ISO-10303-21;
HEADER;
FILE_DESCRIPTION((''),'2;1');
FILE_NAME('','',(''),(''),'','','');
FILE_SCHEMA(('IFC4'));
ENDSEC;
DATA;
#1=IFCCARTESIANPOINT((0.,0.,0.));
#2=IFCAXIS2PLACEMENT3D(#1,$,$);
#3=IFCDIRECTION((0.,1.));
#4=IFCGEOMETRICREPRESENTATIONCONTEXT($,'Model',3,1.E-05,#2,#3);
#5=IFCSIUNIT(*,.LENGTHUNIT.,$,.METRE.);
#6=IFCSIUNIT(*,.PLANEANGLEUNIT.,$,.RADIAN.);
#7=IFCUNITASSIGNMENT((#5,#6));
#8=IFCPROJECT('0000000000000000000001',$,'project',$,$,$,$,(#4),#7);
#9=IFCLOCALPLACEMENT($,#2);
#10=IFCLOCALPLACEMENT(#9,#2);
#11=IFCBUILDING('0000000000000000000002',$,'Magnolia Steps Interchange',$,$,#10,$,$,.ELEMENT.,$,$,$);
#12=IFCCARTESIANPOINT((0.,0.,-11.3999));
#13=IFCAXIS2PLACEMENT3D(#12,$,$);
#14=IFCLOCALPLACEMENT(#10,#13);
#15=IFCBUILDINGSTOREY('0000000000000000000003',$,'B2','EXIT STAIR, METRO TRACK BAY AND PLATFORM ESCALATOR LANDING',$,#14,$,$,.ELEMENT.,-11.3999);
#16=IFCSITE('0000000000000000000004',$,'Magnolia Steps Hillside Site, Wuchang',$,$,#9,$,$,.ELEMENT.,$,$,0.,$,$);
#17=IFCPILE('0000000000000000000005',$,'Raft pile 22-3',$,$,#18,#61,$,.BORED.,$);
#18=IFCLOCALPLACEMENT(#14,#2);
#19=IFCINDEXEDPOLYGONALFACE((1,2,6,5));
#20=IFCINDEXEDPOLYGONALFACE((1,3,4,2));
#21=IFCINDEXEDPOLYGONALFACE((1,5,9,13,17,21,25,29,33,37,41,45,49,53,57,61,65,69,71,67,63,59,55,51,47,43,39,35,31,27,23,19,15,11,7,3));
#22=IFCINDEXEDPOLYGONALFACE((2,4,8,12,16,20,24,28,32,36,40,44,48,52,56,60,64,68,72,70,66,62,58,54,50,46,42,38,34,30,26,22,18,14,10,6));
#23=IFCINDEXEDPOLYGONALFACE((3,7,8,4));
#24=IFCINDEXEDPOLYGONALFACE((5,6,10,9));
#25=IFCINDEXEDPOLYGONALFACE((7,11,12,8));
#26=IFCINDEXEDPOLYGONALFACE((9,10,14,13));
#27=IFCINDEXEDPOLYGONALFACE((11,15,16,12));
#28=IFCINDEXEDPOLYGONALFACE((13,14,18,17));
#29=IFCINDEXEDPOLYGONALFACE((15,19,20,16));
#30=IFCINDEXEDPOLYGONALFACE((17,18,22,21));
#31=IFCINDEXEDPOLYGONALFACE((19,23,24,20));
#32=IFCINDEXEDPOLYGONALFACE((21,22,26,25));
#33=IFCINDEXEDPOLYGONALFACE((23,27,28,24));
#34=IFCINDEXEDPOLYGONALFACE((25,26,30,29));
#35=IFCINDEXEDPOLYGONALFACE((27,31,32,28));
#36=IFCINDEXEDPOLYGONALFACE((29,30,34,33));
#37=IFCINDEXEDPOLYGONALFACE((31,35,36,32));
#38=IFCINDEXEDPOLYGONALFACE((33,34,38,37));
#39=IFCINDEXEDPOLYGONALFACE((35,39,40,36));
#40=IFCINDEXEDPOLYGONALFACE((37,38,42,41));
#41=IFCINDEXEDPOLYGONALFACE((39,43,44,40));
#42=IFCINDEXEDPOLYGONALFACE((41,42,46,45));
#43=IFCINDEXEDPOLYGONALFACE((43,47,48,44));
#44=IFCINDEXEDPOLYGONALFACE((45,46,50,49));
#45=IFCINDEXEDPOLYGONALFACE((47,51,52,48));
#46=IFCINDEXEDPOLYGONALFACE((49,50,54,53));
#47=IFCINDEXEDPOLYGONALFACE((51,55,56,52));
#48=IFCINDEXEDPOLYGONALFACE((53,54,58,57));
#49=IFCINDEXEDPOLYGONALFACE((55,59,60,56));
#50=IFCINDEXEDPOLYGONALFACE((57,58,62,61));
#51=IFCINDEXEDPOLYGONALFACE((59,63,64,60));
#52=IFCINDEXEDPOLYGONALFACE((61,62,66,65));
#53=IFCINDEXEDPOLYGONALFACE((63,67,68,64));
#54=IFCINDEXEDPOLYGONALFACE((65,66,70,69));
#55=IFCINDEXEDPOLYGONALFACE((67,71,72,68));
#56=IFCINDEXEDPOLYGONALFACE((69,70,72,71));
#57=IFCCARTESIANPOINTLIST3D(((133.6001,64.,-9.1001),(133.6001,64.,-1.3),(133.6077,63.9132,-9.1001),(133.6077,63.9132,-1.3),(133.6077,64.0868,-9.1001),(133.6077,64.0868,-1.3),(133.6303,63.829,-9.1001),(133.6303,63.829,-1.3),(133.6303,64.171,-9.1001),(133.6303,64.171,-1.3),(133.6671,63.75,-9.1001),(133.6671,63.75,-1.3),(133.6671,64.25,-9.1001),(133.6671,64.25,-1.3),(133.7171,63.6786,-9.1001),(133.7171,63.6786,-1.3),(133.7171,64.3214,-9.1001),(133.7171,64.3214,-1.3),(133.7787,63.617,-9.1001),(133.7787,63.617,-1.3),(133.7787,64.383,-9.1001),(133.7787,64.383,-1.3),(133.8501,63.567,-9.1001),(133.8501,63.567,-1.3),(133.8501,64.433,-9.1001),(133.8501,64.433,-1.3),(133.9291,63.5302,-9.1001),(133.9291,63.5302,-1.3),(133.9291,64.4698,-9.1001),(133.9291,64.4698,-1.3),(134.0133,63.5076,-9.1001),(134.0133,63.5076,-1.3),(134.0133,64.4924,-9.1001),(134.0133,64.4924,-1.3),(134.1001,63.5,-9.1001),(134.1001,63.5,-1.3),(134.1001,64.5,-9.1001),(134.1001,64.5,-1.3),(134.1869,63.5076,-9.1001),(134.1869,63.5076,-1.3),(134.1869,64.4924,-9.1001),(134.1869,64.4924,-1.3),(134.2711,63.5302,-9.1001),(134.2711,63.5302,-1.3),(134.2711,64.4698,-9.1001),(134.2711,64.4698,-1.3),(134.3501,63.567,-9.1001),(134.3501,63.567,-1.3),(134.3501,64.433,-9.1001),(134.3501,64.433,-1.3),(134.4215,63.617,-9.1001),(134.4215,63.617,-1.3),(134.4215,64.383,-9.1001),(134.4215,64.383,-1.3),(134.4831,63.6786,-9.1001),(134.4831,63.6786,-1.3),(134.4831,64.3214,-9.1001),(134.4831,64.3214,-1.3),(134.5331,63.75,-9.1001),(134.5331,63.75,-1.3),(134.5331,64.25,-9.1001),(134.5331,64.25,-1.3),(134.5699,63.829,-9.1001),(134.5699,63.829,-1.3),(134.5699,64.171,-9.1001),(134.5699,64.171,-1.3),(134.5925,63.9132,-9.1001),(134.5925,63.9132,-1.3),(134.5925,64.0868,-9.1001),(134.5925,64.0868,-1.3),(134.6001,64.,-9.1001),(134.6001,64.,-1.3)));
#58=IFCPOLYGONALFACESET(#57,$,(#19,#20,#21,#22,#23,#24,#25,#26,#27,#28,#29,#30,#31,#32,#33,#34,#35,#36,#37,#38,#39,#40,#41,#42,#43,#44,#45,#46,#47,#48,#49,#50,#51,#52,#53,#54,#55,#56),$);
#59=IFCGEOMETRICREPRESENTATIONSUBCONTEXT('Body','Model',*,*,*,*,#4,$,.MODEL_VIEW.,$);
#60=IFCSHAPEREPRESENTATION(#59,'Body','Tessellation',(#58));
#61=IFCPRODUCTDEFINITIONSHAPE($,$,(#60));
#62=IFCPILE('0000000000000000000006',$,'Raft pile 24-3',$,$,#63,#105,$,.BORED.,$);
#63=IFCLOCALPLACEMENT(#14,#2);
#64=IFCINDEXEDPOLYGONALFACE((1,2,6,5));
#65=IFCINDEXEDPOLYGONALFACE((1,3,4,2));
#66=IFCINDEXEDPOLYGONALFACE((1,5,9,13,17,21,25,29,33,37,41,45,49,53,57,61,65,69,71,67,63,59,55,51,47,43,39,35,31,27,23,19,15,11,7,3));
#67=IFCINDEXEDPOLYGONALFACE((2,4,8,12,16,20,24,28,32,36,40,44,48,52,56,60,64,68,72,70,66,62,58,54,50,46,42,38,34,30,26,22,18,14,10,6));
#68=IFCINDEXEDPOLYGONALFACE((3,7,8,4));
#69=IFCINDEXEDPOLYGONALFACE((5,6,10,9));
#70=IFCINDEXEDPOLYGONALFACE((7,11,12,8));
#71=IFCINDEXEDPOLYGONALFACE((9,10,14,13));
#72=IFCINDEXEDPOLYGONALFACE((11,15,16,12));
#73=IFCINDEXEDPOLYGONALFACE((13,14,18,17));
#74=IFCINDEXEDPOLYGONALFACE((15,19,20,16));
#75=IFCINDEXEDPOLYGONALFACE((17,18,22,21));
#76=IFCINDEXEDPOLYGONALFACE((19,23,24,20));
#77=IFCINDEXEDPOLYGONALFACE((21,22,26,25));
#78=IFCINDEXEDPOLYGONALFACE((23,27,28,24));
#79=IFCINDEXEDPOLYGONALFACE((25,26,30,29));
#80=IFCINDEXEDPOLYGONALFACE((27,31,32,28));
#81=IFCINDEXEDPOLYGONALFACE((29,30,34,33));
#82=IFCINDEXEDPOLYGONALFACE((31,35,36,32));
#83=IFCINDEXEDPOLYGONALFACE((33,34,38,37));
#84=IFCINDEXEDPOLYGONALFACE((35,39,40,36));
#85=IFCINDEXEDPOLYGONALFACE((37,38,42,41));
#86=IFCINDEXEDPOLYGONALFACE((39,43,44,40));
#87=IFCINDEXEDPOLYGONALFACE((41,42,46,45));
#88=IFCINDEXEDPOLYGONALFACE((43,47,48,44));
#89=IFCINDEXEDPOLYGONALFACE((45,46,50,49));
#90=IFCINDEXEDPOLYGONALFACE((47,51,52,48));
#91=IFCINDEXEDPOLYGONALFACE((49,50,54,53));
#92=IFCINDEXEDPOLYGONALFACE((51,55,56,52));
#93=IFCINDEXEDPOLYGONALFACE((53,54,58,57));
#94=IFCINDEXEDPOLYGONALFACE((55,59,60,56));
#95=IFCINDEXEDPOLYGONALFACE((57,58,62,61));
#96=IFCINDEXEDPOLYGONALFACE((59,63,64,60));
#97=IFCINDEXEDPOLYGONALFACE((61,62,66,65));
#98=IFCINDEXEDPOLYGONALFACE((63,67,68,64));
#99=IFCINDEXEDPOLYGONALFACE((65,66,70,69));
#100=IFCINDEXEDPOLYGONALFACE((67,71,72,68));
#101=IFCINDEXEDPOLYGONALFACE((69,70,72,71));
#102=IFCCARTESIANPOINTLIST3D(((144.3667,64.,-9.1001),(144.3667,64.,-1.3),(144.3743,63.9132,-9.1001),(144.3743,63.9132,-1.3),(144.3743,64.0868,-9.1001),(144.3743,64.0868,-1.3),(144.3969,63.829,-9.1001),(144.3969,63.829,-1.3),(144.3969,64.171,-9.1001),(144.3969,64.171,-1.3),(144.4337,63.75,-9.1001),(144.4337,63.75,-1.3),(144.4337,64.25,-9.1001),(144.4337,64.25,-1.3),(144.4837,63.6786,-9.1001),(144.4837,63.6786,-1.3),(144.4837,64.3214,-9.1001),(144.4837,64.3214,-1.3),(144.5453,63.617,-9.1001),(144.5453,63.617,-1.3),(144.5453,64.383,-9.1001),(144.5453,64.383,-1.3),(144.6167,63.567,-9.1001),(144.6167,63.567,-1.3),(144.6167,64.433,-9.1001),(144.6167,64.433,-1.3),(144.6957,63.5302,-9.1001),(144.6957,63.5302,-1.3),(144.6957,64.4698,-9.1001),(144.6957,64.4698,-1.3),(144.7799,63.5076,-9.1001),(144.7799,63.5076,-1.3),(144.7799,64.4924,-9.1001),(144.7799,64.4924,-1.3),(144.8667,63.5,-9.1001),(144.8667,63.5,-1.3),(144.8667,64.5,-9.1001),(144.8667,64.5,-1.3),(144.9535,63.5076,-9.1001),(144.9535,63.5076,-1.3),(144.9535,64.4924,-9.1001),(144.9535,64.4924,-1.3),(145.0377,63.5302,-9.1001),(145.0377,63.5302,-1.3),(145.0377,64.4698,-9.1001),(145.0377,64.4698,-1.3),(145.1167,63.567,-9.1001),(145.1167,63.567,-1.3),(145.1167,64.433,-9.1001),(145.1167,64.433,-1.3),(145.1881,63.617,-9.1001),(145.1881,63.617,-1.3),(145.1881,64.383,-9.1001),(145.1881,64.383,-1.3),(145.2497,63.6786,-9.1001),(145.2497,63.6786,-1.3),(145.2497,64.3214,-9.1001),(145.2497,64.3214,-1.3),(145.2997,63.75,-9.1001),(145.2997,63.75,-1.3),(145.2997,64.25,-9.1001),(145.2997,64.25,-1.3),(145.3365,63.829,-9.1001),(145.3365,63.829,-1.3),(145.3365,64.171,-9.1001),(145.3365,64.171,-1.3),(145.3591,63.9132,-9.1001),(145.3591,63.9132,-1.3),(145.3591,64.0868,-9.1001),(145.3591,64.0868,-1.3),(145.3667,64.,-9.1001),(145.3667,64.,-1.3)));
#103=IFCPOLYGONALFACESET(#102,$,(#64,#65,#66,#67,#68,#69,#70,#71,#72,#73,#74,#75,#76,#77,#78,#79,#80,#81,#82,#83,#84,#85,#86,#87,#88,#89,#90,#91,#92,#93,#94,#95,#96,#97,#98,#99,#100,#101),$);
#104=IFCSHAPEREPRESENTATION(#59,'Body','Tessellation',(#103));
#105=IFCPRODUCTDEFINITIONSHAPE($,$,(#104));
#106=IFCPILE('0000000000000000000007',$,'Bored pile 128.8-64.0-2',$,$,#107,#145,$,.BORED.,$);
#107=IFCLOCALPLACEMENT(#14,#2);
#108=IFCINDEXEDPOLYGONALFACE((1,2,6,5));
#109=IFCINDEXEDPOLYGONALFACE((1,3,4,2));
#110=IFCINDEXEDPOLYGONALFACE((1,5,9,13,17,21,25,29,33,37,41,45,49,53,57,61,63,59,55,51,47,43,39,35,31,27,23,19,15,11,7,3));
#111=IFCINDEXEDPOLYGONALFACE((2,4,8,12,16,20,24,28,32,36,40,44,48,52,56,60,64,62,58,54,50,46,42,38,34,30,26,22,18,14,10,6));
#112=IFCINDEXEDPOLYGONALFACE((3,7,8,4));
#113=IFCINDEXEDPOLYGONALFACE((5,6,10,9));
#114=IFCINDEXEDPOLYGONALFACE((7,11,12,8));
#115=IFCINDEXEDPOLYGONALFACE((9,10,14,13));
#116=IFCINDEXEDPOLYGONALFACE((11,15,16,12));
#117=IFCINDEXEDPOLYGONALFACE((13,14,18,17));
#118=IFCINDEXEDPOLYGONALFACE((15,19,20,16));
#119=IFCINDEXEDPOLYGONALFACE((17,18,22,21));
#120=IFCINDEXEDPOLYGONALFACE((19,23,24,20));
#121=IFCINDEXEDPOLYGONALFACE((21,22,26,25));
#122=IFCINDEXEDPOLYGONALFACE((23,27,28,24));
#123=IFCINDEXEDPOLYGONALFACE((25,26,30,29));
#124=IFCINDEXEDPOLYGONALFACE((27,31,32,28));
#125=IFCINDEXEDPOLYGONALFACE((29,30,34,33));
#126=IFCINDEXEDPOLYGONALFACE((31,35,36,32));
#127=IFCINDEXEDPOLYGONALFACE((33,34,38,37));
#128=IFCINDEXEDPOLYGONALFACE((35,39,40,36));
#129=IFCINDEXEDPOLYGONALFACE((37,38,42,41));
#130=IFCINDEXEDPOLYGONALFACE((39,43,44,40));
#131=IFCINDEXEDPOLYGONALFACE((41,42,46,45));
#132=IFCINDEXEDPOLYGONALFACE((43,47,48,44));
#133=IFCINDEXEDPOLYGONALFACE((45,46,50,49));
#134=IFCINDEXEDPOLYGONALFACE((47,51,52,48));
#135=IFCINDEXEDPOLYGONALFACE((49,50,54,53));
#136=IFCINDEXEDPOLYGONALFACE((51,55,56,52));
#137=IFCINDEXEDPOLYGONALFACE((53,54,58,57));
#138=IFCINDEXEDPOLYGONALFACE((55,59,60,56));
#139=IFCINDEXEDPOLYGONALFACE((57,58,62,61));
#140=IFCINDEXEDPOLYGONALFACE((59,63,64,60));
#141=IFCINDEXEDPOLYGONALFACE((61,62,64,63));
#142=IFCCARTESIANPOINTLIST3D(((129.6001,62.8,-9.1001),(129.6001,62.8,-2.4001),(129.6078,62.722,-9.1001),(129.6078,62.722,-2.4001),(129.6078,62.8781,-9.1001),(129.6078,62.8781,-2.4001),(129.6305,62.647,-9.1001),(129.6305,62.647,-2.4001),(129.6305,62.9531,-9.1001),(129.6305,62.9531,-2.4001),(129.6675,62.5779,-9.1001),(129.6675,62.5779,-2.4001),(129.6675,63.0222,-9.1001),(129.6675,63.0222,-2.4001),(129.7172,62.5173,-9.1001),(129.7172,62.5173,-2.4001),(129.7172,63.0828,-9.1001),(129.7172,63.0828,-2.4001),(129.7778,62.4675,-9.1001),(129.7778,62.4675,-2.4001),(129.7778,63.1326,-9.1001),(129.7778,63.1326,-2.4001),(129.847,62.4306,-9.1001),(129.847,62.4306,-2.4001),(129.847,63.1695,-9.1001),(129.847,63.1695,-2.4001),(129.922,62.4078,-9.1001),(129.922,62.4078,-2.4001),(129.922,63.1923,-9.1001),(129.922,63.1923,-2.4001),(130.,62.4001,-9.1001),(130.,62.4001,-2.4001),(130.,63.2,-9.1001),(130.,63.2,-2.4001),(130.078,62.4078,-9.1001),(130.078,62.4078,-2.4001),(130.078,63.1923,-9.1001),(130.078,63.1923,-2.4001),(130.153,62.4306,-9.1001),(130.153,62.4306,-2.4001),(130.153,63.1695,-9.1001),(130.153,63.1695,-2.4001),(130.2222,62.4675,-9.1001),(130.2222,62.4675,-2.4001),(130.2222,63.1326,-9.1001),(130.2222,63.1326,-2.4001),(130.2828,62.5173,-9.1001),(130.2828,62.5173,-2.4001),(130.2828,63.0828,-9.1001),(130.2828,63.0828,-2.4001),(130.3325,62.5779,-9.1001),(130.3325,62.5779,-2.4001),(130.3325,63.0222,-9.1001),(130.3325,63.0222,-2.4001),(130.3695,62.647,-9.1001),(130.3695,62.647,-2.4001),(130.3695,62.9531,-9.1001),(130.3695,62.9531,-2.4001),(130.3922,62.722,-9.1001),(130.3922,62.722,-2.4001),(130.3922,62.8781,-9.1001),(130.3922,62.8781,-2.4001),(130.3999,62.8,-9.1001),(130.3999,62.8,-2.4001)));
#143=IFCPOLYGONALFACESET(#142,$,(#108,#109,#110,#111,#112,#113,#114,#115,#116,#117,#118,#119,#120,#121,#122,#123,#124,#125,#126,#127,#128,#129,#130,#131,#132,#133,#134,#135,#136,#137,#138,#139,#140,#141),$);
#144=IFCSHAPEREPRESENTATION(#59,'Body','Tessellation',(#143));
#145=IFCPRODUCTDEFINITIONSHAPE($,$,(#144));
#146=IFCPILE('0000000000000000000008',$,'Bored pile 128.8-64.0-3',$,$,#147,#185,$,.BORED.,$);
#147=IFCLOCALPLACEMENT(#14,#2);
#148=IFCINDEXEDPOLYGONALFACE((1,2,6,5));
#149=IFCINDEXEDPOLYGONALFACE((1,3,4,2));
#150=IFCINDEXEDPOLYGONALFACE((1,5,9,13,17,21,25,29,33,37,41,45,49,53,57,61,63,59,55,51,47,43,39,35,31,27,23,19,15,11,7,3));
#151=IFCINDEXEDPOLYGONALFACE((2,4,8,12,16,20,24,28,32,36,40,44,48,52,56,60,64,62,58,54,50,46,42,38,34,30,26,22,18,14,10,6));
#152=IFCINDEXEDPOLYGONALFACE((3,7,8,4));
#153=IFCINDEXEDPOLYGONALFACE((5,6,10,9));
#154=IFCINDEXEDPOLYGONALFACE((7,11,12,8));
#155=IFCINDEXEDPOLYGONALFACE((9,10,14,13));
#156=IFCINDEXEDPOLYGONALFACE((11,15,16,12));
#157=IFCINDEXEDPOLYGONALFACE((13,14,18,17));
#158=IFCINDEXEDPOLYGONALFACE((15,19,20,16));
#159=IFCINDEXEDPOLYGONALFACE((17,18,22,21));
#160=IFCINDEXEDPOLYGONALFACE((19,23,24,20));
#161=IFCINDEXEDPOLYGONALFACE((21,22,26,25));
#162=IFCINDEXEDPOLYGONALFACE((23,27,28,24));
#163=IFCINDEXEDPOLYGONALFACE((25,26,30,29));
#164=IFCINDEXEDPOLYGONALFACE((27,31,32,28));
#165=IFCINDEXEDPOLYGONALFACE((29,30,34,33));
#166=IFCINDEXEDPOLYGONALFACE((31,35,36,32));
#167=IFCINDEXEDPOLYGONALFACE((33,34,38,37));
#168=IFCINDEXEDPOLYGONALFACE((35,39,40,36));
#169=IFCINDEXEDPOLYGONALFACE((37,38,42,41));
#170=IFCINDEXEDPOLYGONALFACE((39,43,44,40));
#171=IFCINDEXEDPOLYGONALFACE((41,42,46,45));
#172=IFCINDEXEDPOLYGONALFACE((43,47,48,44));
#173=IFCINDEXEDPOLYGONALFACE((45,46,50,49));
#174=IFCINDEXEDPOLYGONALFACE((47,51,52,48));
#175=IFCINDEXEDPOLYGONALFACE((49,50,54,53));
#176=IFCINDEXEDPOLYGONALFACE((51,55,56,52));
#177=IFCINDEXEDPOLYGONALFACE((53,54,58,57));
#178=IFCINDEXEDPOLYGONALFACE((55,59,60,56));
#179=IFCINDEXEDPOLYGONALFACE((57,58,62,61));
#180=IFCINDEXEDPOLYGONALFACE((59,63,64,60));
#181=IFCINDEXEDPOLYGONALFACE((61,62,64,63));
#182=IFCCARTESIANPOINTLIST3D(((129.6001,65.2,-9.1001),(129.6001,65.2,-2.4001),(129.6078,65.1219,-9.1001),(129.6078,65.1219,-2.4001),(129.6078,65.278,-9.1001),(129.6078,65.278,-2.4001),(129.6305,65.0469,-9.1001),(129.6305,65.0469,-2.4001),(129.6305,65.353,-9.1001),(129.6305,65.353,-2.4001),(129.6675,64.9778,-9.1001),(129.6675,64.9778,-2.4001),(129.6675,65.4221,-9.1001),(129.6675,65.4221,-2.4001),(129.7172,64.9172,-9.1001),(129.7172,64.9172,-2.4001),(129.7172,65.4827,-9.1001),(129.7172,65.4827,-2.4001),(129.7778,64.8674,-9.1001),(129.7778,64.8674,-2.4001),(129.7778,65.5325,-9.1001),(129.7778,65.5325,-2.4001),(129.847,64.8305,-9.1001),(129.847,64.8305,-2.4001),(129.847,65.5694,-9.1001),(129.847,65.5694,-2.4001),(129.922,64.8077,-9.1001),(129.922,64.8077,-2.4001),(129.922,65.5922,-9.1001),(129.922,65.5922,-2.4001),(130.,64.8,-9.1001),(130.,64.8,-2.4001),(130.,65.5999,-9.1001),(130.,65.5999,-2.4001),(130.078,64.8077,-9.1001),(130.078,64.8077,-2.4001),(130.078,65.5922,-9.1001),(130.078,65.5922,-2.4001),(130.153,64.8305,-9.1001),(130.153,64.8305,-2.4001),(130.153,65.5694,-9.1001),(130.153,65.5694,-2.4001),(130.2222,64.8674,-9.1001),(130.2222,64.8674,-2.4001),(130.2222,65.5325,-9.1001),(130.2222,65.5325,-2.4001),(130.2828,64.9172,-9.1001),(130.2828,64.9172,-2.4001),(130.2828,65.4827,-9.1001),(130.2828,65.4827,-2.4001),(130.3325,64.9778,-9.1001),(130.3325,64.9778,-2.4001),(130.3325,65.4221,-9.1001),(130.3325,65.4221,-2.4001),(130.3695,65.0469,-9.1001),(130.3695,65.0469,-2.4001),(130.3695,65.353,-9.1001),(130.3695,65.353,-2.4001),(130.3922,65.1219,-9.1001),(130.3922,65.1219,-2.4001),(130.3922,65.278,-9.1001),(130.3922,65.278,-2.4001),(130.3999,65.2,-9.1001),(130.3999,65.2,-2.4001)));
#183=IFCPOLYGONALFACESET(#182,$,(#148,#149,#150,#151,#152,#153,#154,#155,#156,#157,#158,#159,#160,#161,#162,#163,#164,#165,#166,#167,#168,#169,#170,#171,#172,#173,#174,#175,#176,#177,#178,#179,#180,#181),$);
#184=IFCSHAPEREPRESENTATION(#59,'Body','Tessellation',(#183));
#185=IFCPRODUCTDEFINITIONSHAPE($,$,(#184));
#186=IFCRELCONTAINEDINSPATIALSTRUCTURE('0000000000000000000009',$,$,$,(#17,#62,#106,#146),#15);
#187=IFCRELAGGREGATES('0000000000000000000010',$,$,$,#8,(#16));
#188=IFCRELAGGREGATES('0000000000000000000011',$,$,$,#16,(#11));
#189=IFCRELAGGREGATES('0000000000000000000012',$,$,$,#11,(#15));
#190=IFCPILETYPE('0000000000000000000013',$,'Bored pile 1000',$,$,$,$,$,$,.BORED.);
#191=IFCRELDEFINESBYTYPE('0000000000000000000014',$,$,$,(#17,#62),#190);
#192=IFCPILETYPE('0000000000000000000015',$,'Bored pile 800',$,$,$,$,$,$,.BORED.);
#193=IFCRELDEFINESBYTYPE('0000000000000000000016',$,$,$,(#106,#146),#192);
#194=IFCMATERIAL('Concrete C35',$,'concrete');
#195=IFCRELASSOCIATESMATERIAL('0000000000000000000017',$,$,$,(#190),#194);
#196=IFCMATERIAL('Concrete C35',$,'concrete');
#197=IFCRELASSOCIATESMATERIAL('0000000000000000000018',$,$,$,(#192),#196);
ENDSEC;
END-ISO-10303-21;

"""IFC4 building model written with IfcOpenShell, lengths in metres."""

from ifc_helpers import new_model, si_unit, direction, frame, origin, origin_2d, place, context, subcontext, project, spatial, circle, extrude, material, material_profile, profile_set, type_object, element, save


model = new_model("IFC4")

# Units and contexts
model_context = context("Model", 3, precision=1e-05, world=origin(), true_north=direction((0.0, 1.0)))
body_context = subcontext(model_context, "Body", "Model", "MODEL_VIEW")
ifc_project = project(units=[si_unit("LENGTHUNIT", "METRE"), si_unit("PLANEANGLEUNIT", "RADIAN")], contexts=[model_context])

# Site, building, storey
site_placement = place(None, origin())
site = spatial("IfcSite", under=ifc_project, at=site_placement, Name="Magnolia Steps Hillside Site, Wuchang", CompositionType="ELEMENT", RefElevation=0.0)
building_placement = place(site_placement, origin())
building = spatial("IfcBuilding", under=site, at=building_placement, Name="Magnolia Steps Interchange", CompositionType="ELEMENT")
storey_placement = place(building_placement, frame((0.0, 0.0, -11.3999)))
storey = spatial("IfcBuildingStorey", under=building, at=storey_placement, Name="B2", Description="EXIT STAIR, METRO TRACK BAY AND PLATFORM ESCALATOR LANDING", CompositionType="ELEMENT", Elevation=-11.3999)

# Piles
ifc_material_1 = material(Name="Concrete C35", Category="concrete")
ifc_material_profile_1 = material_profile(ifc_material_1, circle(Radius=0.5, at=origin_2d()), Name="Bored pile 1000")
ifc_profile_set_1 = profile_set([ifc_material_profile_1], Name="Concrete C35")
pile_type_1 = type_object("IfcPileType", Name="Bored pile 1000", PredefinedType="BORED", material=ifc_profile_set_1)
for number, where, z_axis, x_axis, name in (
    (1, (134.1001, 64.0, -1.3), (0.0, 0.0, -1.0), (1.0, 0.0, 0.0), "Raft pile 22-3"),
    (2, (144.8667, 64.0, -1.3), (0.0, 0.0, -1.0), (1.0, 0.0, 0.0), "Raft pile 24-3"),
):
    element("IfcPile", number, at=place(storey_placement, frame(where, z_axis=z_axis, x_axis=x_axis)), inside=storey, type_object=pile_type_1, Name=name, PredefinedType="BORED", context=body_context, shape_type="SweptSolid", body=[
        extrude(circle(Radius=0.5, at=origin_2d()), origin(), (0.0, 0.0, 1.0), 7.8),
    ])
ifc_material_2 = material(Name="Concrete C35", Category="concrete")
ifc_material_profile_2 = material_profile(ifc_material_2, circle(Radius=0.3999, at=origin_2d()), Name="Bored pile 800")
ifc_profile_set_2 = profile_set([ifc_material_profile_2], Name="Concrete C35")
pile_type_2 = type_object("IfcPileType", Name="Bored pile 800", PredefinedType="BORED", material=ifc_profile_set_2)
for number, where, z_axis, x_axis, name in (
    (3, (130.0, 62.8, -2.4001), (0.0, 0.0, -1.0), (1.0, 0.0, 0.0), "Bored pile 128.8-64.0-2"),
    (4, (130.0, 65.2, -2.4001), (0.0, 0.0, -1.0), (1.0, 0.0, 0.0), "Bored pile 128.8-64.0-3"),
):
    element("IfcPile", number, at=place(storey_placement, frame(where, z_axis=z_axis, x_axis=x_axis)), inside=storey, type_object=pile_type_2, Name=name, PredefinedType="BORED", context=body_context, shape_type="SweptSolid", body=[
        extrude(circle(Radius=0.3999, at=origin_2d()), origin(), (0.0, 0.0, 1.0), 6.7),
    ])

save(model, "model.ifc")
